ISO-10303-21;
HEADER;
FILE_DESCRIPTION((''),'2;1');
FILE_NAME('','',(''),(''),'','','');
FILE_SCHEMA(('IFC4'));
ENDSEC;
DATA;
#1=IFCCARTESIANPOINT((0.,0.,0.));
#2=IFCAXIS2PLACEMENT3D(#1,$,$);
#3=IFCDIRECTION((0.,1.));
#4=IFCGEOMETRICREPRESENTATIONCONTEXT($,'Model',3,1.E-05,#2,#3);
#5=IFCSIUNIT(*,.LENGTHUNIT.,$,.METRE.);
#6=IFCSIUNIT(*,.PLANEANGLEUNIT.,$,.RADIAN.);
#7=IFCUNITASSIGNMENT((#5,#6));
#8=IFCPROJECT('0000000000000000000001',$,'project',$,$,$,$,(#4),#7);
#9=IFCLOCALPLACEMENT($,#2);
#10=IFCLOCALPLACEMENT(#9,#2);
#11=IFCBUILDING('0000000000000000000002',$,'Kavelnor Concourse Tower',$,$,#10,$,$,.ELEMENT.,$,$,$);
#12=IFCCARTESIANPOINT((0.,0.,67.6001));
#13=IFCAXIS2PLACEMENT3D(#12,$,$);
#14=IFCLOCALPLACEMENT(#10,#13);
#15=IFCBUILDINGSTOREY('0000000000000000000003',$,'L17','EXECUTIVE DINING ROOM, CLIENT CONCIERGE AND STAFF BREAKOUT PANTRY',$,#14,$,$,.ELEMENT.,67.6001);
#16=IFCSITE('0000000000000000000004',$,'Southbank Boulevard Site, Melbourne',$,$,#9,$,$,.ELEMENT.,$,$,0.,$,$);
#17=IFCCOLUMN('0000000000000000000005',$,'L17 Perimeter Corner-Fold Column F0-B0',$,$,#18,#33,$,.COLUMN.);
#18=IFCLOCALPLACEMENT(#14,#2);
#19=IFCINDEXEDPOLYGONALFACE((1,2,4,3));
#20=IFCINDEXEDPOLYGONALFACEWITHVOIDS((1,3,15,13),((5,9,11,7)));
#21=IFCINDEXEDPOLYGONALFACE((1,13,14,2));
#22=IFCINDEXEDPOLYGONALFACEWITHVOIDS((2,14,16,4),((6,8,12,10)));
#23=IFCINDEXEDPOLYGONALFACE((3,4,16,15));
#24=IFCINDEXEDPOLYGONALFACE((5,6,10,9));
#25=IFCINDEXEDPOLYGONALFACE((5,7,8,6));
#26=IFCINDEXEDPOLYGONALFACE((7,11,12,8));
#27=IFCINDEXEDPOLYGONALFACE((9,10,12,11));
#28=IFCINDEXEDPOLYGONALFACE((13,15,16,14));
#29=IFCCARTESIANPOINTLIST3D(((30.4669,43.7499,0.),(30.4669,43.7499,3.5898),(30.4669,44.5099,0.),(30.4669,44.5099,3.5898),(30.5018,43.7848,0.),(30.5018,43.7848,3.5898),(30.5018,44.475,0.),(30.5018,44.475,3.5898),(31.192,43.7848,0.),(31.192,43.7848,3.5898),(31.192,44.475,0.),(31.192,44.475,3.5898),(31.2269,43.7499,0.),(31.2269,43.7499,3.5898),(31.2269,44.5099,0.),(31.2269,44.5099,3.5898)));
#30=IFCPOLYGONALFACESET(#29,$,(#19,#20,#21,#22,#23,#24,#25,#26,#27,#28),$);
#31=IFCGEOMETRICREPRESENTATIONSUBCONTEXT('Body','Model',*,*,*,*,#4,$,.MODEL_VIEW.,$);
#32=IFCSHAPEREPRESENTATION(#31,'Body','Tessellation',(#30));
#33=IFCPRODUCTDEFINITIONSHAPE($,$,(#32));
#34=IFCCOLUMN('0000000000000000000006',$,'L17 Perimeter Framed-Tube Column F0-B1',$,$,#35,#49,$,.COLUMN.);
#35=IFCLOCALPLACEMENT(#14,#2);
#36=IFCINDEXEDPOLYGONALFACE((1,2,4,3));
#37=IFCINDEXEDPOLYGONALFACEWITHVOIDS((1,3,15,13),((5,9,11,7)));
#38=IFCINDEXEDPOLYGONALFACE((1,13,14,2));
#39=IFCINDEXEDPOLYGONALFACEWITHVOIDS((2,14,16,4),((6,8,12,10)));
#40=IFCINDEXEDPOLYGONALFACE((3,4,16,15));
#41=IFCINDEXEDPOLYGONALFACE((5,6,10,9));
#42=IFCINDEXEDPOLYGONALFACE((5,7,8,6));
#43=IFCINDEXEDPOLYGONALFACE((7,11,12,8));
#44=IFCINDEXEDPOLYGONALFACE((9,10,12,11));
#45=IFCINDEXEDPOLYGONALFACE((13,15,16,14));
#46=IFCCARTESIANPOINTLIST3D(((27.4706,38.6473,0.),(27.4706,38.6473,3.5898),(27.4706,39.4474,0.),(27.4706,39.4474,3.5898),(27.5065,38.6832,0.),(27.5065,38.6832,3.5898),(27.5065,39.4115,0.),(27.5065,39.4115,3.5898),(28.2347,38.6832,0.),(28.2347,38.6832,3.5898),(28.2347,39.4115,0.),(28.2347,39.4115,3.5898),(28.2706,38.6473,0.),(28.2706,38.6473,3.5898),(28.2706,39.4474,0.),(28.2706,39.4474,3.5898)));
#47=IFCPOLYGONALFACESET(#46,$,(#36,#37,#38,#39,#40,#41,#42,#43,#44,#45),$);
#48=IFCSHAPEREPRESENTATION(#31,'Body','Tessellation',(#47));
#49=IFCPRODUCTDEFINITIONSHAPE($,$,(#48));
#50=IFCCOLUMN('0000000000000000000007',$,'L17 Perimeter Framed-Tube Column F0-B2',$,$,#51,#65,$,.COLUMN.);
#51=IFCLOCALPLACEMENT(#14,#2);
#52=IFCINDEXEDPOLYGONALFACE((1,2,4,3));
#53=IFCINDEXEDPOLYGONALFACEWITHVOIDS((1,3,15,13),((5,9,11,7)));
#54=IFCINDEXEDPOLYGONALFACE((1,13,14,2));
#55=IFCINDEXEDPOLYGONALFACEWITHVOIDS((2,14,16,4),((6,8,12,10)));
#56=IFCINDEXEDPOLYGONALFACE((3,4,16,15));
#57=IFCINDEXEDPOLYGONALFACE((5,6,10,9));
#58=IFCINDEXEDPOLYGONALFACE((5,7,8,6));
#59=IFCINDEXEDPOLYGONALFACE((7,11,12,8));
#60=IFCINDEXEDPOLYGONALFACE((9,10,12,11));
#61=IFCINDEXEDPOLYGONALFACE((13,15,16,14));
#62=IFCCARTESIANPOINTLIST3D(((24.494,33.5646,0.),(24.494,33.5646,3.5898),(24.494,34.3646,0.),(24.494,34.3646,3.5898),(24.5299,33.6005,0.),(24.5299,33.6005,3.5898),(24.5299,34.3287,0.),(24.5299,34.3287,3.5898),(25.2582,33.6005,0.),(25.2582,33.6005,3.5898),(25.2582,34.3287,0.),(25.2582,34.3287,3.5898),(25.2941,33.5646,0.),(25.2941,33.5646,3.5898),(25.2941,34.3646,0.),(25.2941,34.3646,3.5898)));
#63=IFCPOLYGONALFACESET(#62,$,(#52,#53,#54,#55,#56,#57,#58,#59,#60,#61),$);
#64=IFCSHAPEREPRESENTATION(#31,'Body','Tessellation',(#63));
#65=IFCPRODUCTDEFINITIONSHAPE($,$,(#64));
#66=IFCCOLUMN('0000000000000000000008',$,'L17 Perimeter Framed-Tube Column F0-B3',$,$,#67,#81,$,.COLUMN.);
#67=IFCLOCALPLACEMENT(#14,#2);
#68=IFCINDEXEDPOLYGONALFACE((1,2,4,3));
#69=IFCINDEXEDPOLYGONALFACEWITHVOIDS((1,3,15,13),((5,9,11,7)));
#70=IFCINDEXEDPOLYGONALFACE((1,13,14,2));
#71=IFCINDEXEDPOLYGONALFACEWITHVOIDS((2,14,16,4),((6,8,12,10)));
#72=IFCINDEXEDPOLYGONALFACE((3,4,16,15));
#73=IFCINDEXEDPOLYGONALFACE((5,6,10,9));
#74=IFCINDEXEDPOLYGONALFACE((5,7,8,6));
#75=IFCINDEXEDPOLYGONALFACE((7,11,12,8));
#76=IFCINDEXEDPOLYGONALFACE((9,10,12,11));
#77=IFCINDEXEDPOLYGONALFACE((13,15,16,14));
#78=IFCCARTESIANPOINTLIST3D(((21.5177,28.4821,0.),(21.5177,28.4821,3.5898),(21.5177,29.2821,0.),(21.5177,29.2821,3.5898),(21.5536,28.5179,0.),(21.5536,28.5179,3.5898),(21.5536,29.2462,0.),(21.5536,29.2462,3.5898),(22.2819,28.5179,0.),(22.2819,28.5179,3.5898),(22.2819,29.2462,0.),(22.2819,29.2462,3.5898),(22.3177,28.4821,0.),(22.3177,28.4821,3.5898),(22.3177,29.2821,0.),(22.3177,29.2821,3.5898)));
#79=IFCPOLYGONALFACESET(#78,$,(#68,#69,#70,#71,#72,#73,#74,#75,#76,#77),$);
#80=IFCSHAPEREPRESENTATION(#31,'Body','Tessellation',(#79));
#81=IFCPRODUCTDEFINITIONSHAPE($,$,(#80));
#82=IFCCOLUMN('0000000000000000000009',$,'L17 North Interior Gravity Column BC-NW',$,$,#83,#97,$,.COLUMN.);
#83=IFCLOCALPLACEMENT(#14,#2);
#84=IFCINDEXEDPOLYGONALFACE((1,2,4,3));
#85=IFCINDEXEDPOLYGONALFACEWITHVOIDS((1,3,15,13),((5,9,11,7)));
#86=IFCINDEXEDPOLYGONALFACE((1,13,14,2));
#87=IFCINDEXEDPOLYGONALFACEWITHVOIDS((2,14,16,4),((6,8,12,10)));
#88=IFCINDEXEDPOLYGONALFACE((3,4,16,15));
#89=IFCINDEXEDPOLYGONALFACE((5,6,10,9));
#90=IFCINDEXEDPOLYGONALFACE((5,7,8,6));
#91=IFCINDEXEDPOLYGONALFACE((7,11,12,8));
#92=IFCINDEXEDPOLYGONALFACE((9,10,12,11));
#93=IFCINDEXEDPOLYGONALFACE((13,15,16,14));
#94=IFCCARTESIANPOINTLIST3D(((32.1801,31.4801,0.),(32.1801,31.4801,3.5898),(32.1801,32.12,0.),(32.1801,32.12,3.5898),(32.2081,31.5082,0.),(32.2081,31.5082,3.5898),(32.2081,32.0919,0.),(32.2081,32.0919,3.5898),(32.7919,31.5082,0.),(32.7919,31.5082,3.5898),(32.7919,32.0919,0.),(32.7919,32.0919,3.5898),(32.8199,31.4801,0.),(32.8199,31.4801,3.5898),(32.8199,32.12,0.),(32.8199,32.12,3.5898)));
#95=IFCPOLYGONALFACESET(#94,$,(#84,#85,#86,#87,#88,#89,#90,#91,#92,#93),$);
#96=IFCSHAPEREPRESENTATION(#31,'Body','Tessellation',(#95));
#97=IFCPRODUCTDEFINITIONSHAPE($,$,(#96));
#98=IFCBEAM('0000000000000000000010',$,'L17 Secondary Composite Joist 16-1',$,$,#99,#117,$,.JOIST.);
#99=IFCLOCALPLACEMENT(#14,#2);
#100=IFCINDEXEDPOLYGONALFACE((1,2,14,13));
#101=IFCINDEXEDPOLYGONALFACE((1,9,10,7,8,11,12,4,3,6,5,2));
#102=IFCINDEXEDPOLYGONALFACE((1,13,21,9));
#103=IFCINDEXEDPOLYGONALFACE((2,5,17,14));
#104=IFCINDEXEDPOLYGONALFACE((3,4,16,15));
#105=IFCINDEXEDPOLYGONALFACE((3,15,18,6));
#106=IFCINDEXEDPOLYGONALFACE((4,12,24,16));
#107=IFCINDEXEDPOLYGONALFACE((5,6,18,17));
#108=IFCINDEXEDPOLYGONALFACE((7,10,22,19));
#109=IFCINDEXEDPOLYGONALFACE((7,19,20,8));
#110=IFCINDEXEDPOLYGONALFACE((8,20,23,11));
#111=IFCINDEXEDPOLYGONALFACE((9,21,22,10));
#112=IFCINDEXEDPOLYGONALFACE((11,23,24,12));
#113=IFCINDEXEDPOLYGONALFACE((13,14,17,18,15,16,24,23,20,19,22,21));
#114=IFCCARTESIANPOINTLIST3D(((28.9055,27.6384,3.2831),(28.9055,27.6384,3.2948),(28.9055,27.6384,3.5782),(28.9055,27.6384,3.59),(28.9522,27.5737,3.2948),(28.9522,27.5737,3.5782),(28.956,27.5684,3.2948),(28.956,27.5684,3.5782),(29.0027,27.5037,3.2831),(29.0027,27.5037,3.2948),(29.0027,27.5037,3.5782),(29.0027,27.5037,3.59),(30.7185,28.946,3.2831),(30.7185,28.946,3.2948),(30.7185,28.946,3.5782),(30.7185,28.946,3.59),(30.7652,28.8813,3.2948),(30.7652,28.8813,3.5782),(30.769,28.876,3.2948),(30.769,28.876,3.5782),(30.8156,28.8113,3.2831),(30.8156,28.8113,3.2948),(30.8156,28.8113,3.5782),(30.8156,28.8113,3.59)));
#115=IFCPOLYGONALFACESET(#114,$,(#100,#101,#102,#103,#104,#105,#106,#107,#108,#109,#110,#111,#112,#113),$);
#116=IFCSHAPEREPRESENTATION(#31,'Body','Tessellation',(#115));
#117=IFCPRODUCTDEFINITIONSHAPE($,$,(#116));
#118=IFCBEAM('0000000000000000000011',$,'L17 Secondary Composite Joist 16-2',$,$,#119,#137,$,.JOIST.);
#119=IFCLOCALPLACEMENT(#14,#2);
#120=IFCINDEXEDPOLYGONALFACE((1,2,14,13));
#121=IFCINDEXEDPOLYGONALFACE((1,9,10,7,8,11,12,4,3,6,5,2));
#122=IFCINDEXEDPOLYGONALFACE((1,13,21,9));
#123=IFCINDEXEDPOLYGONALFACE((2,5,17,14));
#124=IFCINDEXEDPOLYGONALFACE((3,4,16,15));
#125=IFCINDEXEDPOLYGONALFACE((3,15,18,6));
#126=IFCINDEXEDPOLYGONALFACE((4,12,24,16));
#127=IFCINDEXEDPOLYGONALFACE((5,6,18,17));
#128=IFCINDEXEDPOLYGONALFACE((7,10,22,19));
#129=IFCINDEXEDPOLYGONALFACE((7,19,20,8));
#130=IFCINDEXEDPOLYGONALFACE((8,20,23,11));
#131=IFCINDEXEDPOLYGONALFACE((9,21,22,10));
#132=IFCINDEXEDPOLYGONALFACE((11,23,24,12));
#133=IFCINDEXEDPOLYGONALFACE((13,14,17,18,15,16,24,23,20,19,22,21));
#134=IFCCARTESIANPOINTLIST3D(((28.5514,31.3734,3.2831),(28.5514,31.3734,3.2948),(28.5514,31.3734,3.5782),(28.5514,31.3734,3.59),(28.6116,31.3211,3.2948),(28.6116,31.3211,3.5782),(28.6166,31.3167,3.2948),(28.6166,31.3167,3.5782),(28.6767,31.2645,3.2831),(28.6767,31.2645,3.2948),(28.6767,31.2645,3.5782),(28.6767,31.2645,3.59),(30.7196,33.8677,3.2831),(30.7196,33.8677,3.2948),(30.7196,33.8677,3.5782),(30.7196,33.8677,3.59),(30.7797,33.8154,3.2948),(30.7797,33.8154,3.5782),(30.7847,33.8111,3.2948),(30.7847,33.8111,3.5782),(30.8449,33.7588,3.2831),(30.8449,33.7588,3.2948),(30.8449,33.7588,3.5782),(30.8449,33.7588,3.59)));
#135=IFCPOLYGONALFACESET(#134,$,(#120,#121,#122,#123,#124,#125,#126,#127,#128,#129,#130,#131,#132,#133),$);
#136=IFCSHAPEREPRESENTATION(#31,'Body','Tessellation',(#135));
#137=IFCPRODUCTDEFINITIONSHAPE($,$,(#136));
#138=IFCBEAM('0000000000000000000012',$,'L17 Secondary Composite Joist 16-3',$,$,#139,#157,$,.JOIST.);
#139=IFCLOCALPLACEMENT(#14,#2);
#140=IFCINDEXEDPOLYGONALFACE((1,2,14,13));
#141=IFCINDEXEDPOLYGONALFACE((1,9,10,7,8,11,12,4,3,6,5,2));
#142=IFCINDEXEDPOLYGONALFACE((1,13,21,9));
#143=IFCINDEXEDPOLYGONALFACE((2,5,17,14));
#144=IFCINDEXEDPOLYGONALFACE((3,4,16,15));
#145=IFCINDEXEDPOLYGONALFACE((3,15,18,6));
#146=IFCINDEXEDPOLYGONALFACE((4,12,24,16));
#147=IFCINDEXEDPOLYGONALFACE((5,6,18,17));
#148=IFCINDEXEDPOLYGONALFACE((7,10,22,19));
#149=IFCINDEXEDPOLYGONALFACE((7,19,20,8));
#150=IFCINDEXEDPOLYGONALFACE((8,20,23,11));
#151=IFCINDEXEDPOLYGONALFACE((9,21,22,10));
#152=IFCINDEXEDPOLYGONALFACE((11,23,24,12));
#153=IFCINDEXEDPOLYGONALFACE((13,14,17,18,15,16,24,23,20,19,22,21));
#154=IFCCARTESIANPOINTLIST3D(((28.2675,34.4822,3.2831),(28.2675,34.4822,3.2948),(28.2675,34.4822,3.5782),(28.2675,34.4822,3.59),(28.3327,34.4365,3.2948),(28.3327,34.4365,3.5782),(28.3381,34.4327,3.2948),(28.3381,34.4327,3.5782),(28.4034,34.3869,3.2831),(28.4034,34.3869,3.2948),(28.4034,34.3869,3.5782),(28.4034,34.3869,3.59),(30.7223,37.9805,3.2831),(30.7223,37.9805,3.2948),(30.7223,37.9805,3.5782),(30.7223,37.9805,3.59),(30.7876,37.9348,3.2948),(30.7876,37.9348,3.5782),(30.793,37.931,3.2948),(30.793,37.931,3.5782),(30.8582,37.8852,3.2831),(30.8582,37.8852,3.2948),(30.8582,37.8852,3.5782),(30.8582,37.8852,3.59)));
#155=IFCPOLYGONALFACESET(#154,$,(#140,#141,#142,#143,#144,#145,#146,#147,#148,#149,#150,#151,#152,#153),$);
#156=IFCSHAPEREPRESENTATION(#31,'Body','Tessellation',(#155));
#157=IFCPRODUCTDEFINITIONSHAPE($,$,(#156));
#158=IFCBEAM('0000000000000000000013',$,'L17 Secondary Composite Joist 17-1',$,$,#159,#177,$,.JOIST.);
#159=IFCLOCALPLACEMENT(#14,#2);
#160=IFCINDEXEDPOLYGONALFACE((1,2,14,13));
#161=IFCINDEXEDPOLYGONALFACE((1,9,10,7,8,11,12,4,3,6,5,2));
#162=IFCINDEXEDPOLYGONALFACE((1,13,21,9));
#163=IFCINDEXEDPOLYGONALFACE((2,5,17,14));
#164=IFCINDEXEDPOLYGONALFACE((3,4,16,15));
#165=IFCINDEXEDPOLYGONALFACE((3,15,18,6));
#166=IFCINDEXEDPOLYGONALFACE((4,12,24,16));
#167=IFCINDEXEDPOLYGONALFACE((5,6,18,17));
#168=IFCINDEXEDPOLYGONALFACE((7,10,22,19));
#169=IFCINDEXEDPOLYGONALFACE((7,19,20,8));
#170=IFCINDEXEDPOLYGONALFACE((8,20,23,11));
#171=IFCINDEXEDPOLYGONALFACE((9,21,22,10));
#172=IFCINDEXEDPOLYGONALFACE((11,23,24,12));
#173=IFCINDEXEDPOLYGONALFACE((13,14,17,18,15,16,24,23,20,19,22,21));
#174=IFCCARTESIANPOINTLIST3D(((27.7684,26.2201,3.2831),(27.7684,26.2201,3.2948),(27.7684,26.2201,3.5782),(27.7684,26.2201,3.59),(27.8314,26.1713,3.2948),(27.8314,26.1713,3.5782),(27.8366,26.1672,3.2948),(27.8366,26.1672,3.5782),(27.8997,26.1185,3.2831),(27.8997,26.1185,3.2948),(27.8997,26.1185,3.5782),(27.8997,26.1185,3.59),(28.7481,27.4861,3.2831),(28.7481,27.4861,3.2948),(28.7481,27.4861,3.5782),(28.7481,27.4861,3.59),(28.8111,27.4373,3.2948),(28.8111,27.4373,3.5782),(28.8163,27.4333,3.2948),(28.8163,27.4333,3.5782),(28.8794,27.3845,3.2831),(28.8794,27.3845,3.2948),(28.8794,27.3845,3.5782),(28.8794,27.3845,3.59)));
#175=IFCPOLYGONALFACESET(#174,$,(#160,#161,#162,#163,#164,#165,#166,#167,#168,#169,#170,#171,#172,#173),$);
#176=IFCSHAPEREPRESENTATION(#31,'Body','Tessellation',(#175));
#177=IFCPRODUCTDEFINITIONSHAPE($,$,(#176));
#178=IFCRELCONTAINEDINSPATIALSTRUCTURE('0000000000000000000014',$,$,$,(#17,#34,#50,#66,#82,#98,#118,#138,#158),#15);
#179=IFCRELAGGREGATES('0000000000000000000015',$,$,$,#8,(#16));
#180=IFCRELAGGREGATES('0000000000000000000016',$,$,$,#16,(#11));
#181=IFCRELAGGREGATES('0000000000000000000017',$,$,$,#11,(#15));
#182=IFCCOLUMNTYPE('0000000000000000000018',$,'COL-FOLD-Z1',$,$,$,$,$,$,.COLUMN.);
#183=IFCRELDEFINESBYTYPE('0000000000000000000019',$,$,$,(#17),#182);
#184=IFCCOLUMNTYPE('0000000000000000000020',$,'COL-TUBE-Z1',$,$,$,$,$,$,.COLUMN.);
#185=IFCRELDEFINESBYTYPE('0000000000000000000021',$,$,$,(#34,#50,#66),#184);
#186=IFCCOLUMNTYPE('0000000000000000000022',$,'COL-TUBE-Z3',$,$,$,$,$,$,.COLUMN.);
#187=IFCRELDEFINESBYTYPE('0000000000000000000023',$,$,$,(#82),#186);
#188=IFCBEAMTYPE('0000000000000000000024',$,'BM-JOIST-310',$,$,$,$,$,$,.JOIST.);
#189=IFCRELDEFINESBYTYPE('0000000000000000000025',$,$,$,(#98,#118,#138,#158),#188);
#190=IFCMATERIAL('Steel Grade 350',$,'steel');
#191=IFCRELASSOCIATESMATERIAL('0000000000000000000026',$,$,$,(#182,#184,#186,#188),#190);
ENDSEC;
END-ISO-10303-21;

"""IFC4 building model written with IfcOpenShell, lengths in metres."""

from ifc_helpers import new_model, si_unit, direction, frame, origin, origin_2d, place, context, subcontext, project, spatial, hollow_rectangle, i_section, extrude, material, material_profile, profile_set, type_object, element, save


model = new_model("IFC4")

# Units and contexts
model_context = context("Model", 3, precision=1e-05, world=origin(), true_north=direction((0.0, 1.0)))
body_context = subcontext(model_context, "Body", "Model", "MODEL_VIEW")
ifc_project = project(units=[si_unit("LENGTHUNIT", "METRE"), si_unit("PLANEANGLEUNIT", "RADIAN")], contexts=[model_context])

# Site, building, storey
site_placement = place(None, origin())
site = spatial("IfcSite", under=ifc_project, at=site_placement, Name="Southbank Boulevard Site, Melbourne", CompositionType="ELEMENT", RefElevation=0.0)
building_placement = place(site_placement, origin())
building = spatial("IfcBuilding", under=site, at=building_placement, Name="Kavelnor Concourse Tower", CompositionType="ELEMENT")
storey_placement = place(building_placement, frame((0.0, 0.0, 67.6001)))
storey = spatial("IfcBuildingStorey", under=building, at=storey_placement, Name="L17", Description="EXECUTIVE DINING ROOM, CLIENT CONCIERGE AND STAFF BREAKOUT PANTRY", CompositionType="ELEMENT", Elevation=67.6001)

# Columns
ifc_material_1 = material(Name="Steel Grade 350", Category="steel")
ifc_material_profile_1 = material_profile(ifc_material_1, hollow_rectangle(XDim=0.76, YDim=0.76, WallThickness=0.0349, at=origin_2d()), Name="SHS 760x760x35")
ifc_profile_set_1 = profile_set([ifc_material_profile_1], Name="Steel Grade 350")
column_type_1 = type_object("IfcColumnType", Name="COL-FOLD-Z1", PredefinedType="COLUMN", material=ifc_profile_set_1)
column_1_placement = place(storey_placement, frame((30.8469, 44.1299, 0.0), z_axis=(0.0, 0.0, 1.0), x_axis=(1.0, 0.0, 0.0)))
element("IfcColumn", 1, at=column_1_placement, inside=storey, type_object=column_type_1, Name="L17 Perimeter Corner-Fold Column F0-B0", PredefinedType="COLUMN", context=body_context, shape_type="SweptSolid", body=[
    extrude(hollow_rectangle(XDim=0.76, YDim=0.76, WallThickness=0.0349, at=origin_2d()), origin(), (0.0, 0.0, 1.0), 3.5898),
])
ifc_material_profile_2 = material_profile(ifc_material_1, hollow_rectangle(XDim=0.8, YDim=0.8, WallThickness=0.0359, at=origin_2d()), Name="SHS 800x800x36")
ifc_profile_set_2 = profile_set([ifc_material_profile_2], Name="Steel Grade 350")
column_type_2 = type_object("IfcColumnType", Name="COL-TUBE-Z1", PredefinedType="COLUMN", material=ifc_profile_set_2)
for number, where, z_axis, x_axis, name in (
    (2, (27.8706, 39.0474, 0.0), (0.0, 0.0, 1.0), (1.0, 0.0, 0.0), "L17 Perimeter Framed-Tube Column F0-B1"),
    (3, (24.894, 33.9646, 0.0), (0.0, 0.0, 1.0), (1.0, 0.0, 0.0), "L17 Perimeter Framed-Tube Column F0-B2"),
    (4, (21.9177, 28.8821, 0.0), (0.0, 0.0, 1.0), (1.0, 0.0, 0.0), "L17 Perimeter Framed-Tube Column F0-B3"),
):
    element("IfcColumn", number, at=place(storey_placement, frame(where, z_axis=z_axis, x_axis=x_axis)), inside=storey, type_object=column_type_2, Name=name, PredefinedType="COLUMN", context=body_context, shape_type="SweptSolid", body=[
        extrude(hollow_rectangle(XDim=0.8, YDim=0.8, WallThickness=0.0359, at=origin_2d()), origin(), (0.0, 0.0, 1.0), 3.5898),
    ])
ifc_material_profile_3 = material_profile(ifc_material_1, hollow_rectangle(XDim=0.6399, YDim=0.6399, WallThickness=0.0281, at=origin_2d()), Name="SHS 640x640x28")
ifc_profile_set_3 = profile_set([ifc_material_profile_3], Name="Steel Grade 350")
column_type_3 = type_object("IfcColumnType", Name="COL-TUBE-Z3", PredefinedType="COLUMN", material=ifc_profile_set_3)
column_2_placement = place(storey_placement, frame((32.5, 31.8, 0.0), z_axis=(0.0, 0.0, 1.0), x_axis=(1.0, 0.0, 0.0)))
element("IfcColumn", 5, at=column_2_placement, inside=storey, type_object=column_type_3, Name="L17 North Interior Gravity Column BC-NW", PredefinedType="COLUMN", context=body_context, shape_type="SweptSolid", body=[
    extrude(hollow_rectangle(XDim=0.6399, YDim=0.6399, WallThickness=0.0281, at=origin_2d()), origin(), (0.0, 0.0, 1.0), 3.5898),
])

# Beams
ifc_material_profile_4 = material_profile(ifc_material_1, i_section(OverallWidth=0.166, OverallDepth=0.3069, WebThickness=0.0066, FlangeThickness=0.0117, at=origin_2d()), Name="310UB46")
ifc_profile_set_4 = profile_set([ifc_material_profile_4], Name="Steel Grade 350")
beam_type_1 = type_object("IfcBeamType", Name="BM-JOIST-310", PredefinedType="JOIST", material=ifc_profile_set_4)
beam_1_placement = place(storey_placement, frame((30.7671, 28.8787, 3.4365), z_axis=(-0.811053, -0.584972, 0.0), x_axis=(0.584972, -0.811053, 0.0)))
element("IfcBeam", 6, at=beam_1_placement, inside=storey, type_object=beam_type_1, Name="L17 Secondary Composite Joist 16-1", PredefinedType="JOIST", context=body_context, shape_type="SweptSolid", body=[
    extrude(i_section(OverallWidth=0.166, OverallDepth=0.3069, WebThickness=0.0066, FlangeThickness=0.0117, at=origin_2d()), origin(), (0.0, 0.0, 1.0), 2.2354),
])
beam_2_placement = place(storey_placement, frame((30.7822, 33.8132, 3.4365), z_axis=(-0.656038, -0.754728, 0.0), x_axis=(0.754728, -0.656038, 0.0)))
element("IfcBeam", 7, at=beam_2_placement, inside=storey, type_object=beam_type_1, Name="L17 Secondary Composite Joist 16-2", PredefinedType="JOIST", context=body_context, shape_type="SweptSolid", body=[
    extrude(i_section(OverallWidth=0.166, OverallDepth=0.3069, WebThickness=0.0066, FlangeThickness=0.0117, at=origin_2d()), origin(), (0.0, 0.0, 1.0), 3.3049),
])
beam_3_placement = place(storey_placement, frame((30.7903, 37.9329, 3.4365), z_axis=(-0.574409, -0.818568, 0.0), x_axis=(0.818568, -0.574409, 0.0)))
element("IfcBeam", 8, at=beam_3_placement, inside=storey, type_object=beam_type_1, Name="L17 Secondary Composite Joist 16-3", PredefinedType="JOIST", context=body_context, shape_type="SweptSolid", body=[
    extrude(i_section(OverallWidth=0.166, OverallDepth=0.3069, WebThickness=0.0066, FlangeThickness=0.0117, at=origin_2d()), origin(), (0.0, 0.0, 1.0), 4.2737),
])
beam_4_placement = place(storey_placement, frame((28.8137, 27.4353, 3.4365), z_axis=(-0.611986, -0.790869, 0.0), x_axis=(0.790869, -0.611986, 0.0)))
element("IfcBeam", 9, at=beam_4_placement, inside=storey, type_object=beam_type_1, Name="L17 Secondary Composite Joist 17-1", PredefinedType="JOIST", context=body_context, shape_type="SweptSolid", body=[
    extrude(i_section(OverallWidth=0.166, OverallDepth=0.3069, WebThickness=0.0066, FlangeThickness=0.0117, at=origin_2d()), origin(), (0.0, 0.0, 1.0), 1.6008),
])

save(model, "model.ifc")
